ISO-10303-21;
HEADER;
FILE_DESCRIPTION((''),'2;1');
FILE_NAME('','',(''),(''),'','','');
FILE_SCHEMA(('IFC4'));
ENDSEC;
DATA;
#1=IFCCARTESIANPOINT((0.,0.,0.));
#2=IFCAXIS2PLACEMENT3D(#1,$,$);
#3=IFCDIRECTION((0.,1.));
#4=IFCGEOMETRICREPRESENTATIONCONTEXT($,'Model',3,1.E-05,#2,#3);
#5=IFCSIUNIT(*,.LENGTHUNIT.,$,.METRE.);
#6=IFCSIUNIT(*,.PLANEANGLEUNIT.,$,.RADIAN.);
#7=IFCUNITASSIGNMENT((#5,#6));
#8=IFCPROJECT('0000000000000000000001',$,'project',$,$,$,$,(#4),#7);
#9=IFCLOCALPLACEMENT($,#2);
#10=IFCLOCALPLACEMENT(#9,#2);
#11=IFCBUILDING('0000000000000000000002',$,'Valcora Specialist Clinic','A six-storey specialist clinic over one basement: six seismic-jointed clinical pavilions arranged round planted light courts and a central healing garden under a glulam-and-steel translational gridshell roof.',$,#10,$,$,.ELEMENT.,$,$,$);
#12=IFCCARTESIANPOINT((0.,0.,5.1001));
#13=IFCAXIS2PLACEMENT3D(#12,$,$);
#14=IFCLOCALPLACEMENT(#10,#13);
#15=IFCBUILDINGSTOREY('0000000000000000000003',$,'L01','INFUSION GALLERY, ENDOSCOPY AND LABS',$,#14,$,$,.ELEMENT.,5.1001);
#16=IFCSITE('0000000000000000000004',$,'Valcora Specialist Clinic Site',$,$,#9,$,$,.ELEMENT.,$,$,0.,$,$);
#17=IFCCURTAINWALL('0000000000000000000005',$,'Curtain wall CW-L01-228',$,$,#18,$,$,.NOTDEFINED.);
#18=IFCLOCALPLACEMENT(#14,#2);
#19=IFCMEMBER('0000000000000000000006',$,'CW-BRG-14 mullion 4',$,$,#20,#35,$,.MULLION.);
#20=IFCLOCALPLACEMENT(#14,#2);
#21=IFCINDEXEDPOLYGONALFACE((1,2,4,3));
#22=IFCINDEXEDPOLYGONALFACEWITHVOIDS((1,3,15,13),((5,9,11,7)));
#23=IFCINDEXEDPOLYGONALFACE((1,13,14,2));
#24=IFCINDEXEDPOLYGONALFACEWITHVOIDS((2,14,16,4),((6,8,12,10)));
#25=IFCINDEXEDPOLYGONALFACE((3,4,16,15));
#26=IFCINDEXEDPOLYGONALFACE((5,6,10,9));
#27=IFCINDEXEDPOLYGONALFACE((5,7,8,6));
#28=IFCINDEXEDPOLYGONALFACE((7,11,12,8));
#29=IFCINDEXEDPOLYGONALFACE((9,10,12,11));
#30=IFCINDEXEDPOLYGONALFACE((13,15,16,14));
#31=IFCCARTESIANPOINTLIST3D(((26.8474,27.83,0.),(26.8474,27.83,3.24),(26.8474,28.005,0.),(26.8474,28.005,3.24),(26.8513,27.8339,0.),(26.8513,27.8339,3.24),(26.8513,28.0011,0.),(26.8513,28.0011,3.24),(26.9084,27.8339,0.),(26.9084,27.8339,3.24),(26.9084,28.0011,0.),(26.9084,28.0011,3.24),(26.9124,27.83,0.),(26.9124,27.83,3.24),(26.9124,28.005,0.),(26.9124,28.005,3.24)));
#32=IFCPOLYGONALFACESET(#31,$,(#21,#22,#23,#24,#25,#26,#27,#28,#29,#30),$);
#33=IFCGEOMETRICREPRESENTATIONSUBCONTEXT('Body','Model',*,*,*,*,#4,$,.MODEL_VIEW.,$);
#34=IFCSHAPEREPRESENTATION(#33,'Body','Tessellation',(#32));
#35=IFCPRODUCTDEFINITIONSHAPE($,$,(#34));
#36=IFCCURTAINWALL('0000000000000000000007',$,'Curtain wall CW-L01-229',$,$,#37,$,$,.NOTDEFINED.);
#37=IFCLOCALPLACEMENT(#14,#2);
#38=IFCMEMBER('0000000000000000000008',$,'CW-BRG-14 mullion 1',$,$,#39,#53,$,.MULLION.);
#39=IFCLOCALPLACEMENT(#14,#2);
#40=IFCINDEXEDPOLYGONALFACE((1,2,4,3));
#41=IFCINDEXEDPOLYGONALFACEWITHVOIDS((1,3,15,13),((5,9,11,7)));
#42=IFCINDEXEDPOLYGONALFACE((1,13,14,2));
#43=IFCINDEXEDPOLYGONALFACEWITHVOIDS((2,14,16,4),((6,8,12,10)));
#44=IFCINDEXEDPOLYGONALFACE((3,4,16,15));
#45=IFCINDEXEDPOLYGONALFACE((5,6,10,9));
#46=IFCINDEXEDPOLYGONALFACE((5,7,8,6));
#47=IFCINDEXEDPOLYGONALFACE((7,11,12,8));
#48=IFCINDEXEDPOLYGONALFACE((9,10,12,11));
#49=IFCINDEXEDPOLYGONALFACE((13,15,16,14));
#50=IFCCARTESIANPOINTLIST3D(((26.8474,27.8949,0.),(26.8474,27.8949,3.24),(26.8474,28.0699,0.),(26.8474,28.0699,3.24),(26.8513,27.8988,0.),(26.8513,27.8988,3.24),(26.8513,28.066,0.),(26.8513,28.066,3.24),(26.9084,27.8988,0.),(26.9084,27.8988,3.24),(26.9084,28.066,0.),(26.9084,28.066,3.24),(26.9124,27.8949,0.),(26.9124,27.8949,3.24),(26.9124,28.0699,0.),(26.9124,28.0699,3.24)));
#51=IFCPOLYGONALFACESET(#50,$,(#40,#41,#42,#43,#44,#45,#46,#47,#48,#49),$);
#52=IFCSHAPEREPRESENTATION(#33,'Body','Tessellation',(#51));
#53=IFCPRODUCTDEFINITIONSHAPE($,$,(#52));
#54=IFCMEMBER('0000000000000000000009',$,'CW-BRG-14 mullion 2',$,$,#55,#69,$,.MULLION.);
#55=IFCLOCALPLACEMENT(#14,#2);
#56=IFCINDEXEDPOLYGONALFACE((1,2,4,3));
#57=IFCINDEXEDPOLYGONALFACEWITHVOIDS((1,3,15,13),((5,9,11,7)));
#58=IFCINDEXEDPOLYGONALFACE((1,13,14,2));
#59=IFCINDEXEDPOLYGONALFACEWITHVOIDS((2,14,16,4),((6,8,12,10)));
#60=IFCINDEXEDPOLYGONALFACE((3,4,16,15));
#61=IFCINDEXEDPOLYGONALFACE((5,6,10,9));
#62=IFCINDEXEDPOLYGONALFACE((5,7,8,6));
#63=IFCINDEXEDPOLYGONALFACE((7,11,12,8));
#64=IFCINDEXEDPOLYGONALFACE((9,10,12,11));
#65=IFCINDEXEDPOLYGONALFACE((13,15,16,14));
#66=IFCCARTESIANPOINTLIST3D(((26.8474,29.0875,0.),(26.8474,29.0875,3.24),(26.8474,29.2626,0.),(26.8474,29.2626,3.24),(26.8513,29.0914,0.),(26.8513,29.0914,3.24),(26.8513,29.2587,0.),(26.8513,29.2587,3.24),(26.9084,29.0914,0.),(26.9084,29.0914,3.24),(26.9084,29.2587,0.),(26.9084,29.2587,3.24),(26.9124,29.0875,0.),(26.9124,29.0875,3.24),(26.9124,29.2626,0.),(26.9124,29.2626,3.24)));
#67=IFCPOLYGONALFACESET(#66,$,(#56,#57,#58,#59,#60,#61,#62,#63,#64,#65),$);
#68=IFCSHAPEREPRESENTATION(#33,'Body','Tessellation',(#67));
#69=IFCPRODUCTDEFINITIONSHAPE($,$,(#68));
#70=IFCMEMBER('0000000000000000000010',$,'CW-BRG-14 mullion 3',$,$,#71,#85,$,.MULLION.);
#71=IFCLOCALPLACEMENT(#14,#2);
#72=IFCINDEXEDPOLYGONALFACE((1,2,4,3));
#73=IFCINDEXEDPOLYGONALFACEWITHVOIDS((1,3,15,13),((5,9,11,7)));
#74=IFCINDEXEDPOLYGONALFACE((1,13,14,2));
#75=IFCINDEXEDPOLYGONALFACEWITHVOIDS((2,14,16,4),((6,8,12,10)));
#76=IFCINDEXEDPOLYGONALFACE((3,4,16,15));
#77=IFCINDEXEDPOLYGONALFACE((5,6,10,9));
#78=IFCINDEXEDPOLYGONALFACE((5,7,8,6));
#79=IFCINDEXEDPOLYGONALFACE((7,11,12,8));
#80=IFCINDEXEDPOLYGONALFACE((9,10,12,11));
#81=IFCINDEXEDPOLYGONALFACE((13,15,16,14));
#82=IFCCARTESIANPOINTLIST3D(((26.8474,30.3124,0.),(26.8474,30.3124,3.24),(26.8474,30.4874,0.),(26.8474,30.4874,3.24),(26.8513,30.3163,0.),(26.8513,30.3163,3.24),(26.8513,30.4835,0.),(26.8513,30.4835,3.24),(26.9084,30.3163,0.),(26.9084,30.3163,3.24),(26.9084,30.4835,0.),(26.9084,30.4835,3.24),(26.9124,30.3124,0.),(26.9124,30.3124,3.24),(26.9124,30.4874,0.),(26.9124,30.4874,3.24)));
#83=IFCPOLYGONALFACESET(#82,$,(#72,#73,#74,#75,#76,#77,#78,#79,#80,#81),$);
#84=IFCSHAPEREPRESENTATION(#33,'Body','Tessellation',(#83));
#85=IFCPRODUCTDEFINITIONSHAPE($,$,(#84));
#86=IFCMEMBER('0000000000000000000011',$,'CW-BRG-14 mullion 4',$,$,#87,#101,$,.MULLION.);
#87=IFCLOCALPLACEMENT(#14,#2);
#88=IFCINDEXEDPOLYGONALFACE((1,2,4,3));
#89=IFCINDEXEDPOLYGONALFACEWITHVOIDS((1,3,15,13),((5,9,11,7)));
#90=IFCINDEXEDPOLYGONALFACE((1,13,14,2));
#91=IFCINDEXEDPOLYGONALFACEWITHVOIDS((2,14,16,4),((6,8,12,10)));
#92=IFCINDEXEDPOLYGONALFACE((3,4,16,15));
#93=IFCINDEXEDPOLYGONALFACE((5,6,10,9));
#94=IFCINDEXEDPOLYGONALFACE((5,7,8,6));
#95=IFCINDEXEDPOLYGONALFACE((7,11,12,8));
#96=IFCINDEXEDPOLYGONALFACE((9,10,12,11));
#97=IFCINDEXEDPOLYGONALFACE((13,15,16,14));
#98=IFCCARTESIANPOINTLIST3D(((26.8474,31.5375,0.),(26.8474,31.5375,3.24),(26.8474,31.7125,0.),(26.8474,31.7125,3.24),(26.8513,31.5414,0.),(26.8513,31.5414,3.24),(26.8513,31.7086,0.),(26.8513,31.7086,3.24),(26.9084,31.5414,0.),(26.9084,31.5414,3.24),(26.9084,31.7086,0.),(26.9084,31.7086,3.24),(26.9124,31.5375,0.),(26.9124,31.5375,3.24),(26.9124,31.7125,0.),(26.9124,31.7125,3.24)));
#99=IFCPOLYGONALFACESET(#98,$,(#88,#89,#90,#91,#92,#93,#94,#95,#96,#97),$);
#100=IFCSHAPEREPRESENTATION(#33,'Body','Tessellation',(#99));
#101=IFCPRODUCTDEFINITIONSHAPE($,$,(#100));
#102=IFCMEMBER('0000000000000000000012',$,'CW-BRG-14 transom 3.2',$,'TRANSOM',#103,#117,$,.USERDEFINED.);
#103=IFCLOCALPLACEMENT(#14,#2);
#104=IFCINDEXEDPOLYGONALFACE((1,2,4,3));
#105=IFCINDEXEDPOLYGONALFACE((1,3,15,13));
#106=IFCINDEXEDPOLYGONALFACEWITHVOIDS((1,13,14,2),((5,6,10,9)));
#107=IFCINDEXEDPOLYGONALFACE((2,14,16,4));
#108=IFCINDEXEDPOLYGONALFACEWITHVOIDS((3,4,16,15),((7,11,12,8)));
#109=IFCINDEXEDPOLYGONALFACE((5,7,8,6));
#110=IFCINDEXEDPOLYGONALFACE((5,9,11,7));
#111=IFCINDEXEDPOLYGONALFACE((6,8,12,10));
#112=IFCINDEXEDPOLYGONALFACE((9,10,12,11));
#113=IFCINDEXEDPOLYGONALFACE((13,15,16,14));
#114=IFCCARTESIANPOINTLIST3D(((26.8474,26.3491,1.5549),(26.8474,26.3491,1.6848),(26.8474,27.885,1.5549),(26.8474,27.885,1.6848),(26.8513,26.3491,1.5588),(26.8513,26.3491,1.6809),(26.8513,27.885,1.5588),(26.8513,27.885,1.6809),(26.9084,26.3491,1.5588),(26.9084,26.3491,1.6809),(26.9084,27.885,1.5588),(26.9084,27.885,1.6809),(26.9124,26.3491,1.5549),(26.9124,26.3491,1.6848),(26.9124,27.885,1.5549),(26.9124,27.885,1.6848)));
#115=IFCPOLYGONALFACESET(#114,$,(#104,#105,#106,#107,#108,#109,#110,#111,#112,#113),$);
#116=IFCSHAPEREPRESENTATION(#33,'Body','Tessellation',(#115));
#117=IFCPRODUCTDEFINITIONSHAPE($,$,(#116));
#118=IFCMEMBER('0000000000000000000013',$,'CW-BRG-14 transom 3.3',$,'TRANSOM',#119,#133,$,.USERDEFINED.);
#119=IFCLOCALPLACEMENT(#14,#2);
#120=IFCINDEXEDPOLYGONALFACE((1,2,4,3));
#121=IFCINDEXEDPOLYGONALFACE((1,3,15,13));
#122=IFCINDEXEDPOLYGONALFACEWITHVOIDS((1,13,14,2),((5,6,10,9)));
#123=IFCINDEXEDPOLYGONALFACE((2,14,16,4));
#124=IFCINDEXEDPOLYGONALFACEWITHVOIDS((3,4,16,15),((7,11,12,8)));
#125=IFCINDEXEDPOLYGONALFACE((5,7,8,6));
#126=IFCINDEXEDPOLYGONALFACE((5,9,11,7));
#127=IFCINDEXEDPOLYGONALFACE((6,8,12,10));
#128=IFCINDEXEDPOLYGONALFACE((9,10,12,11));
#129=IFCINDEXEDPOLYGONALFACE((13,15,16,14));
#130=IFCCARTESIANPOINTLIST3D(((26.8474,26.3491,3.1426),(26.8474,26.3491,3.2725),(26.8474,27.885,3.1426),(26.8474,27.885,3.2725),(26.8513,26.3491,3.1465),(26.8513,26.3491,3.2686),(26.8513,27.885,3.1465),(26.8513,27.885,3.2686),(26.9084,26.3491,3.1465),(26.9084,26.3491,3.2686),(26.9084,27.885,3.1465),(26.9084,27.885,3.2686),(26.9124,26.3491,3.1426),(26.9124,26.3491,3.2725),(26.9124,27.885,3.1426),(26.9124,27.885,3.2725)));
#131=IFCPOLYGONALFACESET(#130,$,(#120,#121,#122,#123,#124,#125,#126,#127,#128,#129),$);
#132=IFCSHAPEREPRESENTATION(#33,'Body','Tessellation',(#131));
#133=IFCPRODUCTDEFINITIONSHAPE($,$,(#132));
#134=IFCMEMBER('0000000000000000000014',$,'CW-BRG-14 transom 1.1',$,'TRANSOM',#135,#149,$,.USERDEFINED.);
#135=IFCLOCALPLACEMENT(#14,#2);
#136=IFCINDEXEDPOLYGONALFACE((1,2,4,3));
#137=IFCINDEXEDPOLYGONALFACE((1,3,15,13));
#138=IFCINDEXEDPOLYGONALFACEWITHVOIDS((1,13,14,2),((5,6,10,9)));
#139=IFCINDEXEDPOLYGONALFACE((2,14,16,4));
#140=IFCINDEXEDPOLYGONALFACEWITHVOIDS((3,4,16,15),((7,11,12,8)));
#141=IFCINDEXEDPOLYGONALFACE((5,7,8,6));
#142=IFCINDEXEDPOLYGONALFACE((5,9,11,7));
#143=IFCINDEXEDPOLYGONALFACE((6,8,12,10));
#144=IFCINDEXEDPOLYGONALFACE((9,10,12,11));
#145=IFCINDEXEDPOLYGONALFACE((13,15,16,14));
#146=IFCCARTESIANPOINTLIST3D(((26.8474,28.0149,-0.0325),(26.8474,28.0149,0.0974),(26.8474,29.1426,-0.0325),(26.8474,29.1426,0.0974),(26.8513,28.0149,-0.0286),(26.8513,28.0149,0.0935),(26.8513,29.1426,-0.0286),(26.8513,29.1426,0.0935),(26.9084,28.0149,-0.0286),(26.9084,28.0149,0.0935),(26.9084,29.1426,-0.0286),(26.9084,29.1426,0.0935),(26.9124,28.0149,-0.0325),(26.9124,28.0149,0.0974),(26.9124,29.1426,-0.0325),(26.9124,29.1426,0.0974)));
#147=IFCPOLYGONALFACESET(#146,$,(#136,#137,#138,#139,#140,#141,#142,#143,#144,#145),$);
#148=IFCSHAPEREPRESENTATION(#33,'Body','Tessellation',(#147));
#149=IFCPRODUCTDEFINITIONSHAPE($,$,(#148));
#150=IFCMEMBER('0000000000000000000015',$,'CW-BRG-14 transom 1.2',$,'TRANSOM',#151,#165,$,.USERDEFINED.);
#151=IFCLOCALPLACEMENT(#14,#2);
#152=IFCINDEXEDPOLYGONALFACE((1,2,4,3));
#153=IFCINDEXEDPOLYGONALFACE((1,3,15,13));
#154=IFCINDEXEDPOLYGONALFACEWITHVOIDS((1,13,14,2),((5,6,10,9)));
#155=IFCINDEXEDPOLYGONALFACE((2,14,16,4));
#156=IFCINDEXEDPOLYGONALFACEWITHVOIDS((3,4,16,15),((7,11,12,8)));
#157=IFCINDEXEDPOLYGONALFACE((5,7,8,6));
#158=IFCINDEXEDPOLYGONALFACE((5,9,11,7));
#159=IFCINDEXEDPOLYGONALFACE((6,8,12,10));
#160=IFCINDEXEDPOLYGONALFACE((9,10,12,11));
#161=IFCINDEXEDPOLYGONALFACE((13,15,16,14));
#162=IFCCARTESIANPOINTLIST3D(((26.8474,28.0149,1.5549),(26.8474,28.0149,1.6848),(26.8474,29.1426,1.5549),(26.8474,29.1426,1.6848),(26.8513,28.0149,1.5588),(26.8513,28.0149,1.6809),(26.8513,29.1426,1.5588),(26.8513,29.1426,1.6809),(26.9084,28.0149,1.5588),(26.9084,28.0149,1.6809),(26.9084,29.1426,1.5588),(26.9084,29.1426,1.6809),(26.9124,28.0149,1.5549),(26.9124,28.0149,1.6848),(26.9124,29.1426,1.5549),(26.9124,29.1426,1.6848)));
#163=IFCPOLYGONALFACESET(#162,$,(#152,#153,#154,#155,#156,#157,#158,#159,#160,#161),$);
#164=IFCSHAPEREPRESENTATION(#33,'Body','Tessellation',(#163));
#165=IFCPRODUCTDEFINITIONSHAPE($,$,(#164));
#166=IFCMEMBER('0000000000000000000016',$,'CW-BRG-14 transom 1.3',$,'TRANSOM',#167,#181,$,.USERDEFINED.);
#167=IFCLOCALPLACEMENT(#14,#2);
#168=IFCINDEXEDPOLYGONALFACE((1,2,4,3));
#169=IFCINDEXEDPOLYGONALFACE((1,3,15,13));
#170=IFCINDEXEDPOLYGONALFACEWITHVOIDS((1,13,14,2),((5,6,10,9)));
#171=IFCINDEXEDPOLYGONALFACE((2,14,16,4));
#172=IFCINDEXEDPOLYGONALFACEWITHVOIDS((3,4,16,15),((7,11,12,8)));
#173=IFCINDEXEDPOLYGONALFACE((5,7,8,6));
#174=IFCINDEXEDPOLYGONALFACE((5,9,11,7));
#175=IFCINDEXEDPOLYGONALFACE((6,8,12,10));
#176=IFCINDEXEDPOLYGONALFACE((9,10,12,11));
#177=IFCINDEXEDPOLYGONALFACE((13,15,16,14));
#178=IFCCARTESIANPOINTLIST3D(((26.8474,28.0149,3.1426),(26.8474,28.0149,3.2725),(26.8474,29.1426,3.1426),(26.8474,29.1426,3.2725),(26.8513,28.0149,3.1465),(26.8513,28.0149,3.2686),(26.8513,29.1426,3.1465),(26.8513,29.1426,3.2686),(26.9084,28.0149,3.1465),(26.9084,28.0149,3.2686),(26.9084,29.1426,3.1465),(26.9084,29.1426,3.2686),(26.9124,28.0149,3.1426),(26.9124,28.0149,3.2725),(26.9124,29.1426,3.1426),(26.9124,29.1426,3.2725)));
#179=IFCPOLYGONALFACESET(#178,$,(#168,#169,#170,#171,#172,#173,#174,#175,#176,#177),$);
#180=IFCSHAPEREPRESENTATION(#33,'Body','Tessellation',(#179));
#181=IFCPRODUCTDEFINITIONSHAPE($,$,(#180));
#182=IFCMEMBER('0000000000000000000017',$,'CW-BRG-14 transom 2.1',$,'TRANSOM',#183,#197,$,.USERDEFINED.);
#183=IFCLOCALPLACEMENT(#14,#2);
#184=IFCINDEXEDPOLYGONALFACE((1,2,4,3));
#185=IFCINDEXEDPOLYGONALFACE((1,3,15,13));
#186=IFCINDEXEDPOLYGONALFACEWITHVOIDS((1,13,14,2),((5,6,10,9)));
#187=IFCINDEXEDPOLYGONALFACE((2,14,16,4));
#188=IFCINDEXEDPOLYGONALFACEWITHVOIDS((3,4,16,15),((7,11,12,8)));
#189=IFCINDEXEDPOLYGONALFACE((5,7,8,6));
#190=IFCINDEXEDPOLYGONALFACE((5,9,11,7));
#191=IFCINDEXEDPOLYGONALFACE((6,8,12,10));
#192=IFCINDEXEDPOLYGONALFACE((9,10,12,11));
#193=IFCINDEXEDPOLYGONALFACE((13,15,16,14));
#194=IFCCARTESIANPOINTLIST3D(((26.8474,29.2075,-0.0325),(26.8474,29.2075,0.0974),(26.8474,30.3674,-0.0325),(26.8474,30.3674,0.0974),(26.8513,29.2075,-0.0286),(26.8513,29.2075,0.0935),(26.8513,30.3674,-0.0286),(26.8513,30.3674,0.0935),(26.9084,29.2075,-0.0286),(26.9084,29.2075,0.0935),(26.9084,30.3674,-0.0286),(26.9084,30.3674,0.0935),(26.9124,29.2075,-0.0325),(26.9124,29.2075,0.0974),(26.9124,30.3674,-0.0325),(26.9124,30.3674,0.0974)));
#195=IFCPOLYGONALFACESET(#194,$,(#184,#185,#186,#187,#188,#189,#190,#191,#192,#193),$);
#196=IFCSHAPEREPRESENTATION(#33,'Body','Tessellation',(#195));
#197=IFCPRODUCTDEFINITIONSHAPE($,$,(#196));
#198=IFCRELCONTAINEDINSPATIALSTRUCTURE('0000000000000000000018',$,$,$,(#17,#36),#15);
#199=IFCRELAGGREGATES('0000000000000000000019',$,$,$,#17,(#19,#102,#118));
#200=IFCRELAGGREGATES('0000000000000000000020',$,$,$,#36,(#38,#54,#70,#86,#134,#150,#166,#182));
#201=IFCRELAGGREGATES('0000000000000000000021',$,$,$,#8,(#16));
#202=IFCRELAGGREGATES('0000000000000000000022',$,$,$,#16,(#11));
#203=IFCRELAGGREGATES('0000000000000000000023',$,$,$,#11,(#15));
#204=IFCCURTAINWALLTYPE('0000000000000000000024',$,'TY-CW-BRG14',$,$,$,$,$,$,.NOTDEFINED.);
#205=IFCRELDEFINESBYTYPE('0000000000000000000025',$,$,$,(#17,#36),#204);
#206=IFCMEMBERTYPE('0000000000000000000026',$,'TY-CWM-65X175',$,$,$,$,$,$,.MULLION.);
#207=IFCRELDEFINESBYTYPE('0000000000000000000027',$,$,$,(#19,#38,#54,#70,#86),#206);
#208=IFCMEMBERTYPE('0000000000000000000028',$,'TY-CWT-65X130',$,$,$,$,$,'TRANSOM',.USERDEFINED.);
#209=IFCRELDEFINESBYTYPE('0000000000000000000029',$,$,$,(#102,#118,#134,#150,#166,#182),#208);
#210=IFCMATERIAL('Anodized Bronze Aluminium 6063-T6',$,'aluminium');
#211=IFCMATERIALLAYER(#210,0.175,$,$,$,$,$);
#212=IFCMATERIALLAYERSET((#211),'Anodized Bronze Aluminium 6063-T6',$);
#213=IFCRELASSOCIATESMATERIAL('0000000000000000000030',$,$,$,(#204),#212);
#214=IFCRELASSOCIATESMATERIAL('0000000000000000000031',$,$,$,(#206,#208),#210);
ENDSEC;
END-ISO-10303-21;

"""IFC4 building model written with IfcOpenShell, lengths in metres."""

from ifc_helpers import new_model, si_unit, direction, frame, origin, origin_2d, place, context, subcontext, project, spatial, hollow_rectangle, extrude, material, layer, layer_set, material_profile, profile_set, type_object, element, aggregate, save


model = new_model("IFC4")

# Units and contexts
model_context = context("Model", 3, precision=1e-05, world=origin(), true_north=direction((0.0, 1.0)))
body_context = subcontext(model_context, "Body", "Model", "MODEL_VIEW")
ifc_project = project(units=[si_unit("LENGTHUNIT", "METRE"), si_unit("PLANEANGLEUNIT", "RADIAN")], contexts=[model_context])

# Site, building, storey
site_placement = place(None, origin())
site = spatial("IfcSite", under=ifc_project, at=site_placement, Name="Valcora Specialist Clinic Site", CompositionType="ELEMENT", RefElevation=0.0)
building_placement = place(site_placement, origin())
building = spatial("IfcBuilding", under=site, at=building_placement, Name="Valcora Specialist Clinic", Description="A six-storey specialist clinic over one basement: six seismic-jointed clinical pavilions arranged round planted light courts and a central healing garden under a glulam-and-steel translational gridshell roof.", CompositionType="ELEMENT")
storey_placement = place(building_placement, frame((0.0, 0.0, 5.1001)))
storey = spatial("IfcBuildingStorey", under=building, at=storey_placement, Name="L01", Description="INFUSION GALLERY, ENDOSCOPY AND LABS", CompositionType="ELEMENT", Elevation=5.1001)

# Curtain wall, member
ifc_material_1 = material(Name="Anodized Bronze Aluminium 6063-T6", Category="aluminium")
ifc_layer_1 = layer(ifc_material_1, 0.175)
ifc_layer_set_1 = layer_set([ifc_layer_1], Name="Anodized Bronze Aluminium 6063-T6")
curtain_wall_type = type_object("IfcCurtainWallType", Name="TY-CW-BRG14", PredefinedType="NOTDEFINED", material=ifc_layer_set_1)
curtain_wall_1_placement = place(storey_placement, origin())
curtain_wall_1 = element("IfcCurtainWall", 1, at=curtain_wall_1_placement, inside=storey, type_object=curtain_wall_type, Name="Curtain wall CW-L01-228", PredefinedType="NOTDEFINED")
ifc_material_profile_1 = material_profile(ifc_material_1, hollow_rectangle(XDim=0.0649, YDim=0.175, WallThickness=0.0039, at=origin_2d()), Name="AL-MUL-65X175")
ifc_profile_set_1 = profile_set([ifc_material_profile_1], Name="Anodized Bronze Aluminium 6063-T6")
member_type_1 = type_object("IfcMemberType", Name="TY-CWM-65X175", PredefinedType="MULLION", material=ifc_profile_set_1)
member_1_placement = place(storey_placement, frame((26.8799, 27.9175, 0.0), z_axis=(0.0, 0.0, 1.0), x_axis=(-1.0, 0.0, 0.0)))
member_1 = element("IfcMember", 2, at=member_1_placement, type_object=member_type_1, Name="CW-BRG-14 mullion 4", PredefinedType="MULLION", context=body_context, shape_type="SweptSolid", body=[
    extrude(hollow_rectangle(XDim=0.0649, YDim=0.175, WallThickness=0.0039, at=origin_2d()), origin(), (0.0, 0.0, 1.0), 3.24),
])

# Curtain wall, members
curtain_wall_2_placement = place(storey_placement, origin())
curtain_wall_2 = element("IfcCurtainWall", 3, at=curtain_wall_2_placement, inside=storey, type_object=curtain_wall_type, Name="Curtain wall CW-L01-229", PredefinedType="NOTDEFINED")
member_2_placement = place(storey_placement, frame((26.8799, 27.9824, 0.0), z_axis=(0.0, 0.0, 1.0), x_axis=(-1.0, 0.0, 0.0)))
member_2 = element("IfcMember", 4, at=member_2_placement, type_object=member_type_1, Name="CW-BRG-14 mullion 1", PredefinedType="MULLION", context=body_context, shape_type="SweptSolid", body=[
    extrude(hollow_rectangle(XDim=0.0649, YDim=0.175, WallThickness=0.0039, at=origin_2d()), origin(), (0.0, 0.0, 1.0), 3.24),
])
member_3_placement = place(storey_placement, frame((26.8799, 29.175, 0.0), z_axis=(0.0, 0.0, 1.0), x_axis=(-1.0, 0.0, 0.0)))
member_3 = element("IfcMember", 5, at=member_3_placement, type_object=member_type_1, Name="CW-BRG-14 mullion 2", PredefinedType="MULLION", context=body_context, shape_type="SweptSolid", body=[
    extrude(hollow_rectangle(XDim=0.0649, YDim=0.175, WallThickness=0.0039, at=origin_2d()), origin(), (0.0, 0.0, 1.0), 3.24),
])
member_4_placement = place(storey_placement, frame((26.8799, 30.3999, 0.0), z_axis=(0.0, 0.0, 1.0), x_axis=(-1.0, 0.0, 0.0)))
member_4 = element("IfcMember", 6, at=member_4_placement, type_object=member_type_1, Name="CW-BRG-14 mullion 3", PredefinedType="MULLION", context=body_context, shape_type="SweptSolid", body=[
    extrude(hollow_rectangle(XDim=0.0649, YDim=0.175, WallThickness=0.0039, at=origin_2d()), origin(), (0.0, 0.0, 1.0), 3.24),
])
member_5_placement = place(storey_placement, frame((26.8799, 31.625, 0.0), z_axis=(0.0, 0.0, 1.0), x_axis=(-1.0, 0.0, 0.0)))
member_5 = element("IfcMember", 7, at=member_5_placement, type_object=member_type_1, Name="CW-BRG-14 mullion 4", PredefinedType="MULLION", context=body_context, shape_type="SweptSolid", body=[
    extrude(hollow_rectangle(XDim=0.0649, YDim=0.175, WallThickness=0.0039, at=origin_2d()), origin(), (0.0, 0.0, 1.0), 3.24),
])

# Members
ifc_material_profile_2 = material_profile(ifc_material_1, hollow_rectangle(XDim=0.0649, YDim=0.1299, WallThickness=0.0039, at=origin_2d()), Name="AL-TRN-65X130")
ifc_profile_set_2 = profile_set([ifc_material_profile_2], Name="Anodized Bronze Aluminium 6063-T6")
member_type_2 = type_object("IfcMemberType", Name="TY-CWT-65X130", ElementType="TRANSOM", PredefinedType="USERDEFINED", material=ifc_profile_set_2)
member_6_placement = place(storey_placement, frame((26.8799, 26.3491, 1.6199), z_axis=(0.0, 1.0, 0.0), x_axis=(-1.0, 0.0, 0.0)))
member_6 = element("IfcMember", 8, at=member_6_placement, type_object=member_type_2, Name="CW-BRG-14 transom 3.2", ObjectType="TRANSOM", PredefinedType="USERDEFINED", context=body_context, shape_type="SweptSolid", body=[
    extrude(hollow_rectangle(XDim=0.0649, YDim=0.1299, WallThickness=0.0039, at=origin_2d()), origin(), (0.0, 0.0, 1.0), 1.5359),
])
member_7_placement = place(storey_placement, frame((26.8799, 26.3491, 3.2075), z_axis=(0.0, 1.0, 0.0), x_axis=(-1.0, 0.0, 0.0)))
member_7 = element("IfcMember", 9, at=member_7_placement, type_object=member_type_2, Name="CW-BRG-14 transom 3.3", ObjectType="TRANSOM", PredefinedType="USERDEFINED", context=body_context, shape_type="SweptSolid", body=[
    extrude(hollow_rectangle(XDim=0.0649, YDim=0.1299, WallThickness=0.0039, at=origin_2d()), origin(), (0.0, 0.0, 1.0), 1.5359),
])
member_8_placement = place(storey_placement, frame((26.8799, 28.0149, 0.0325), z_axis=(0.0, 1.0, 0.0), x_axis=(-1.0, 0.0, 0.0)))
member_8 = element("IfcMember", 10, at=member_8_placement, type_object=member_type_2, Name="CW-BRG-14 transom 1.1", ObjectType="TRANSOM", PredefinedType="USERDEFINED", context=body_context, shape_type="SweptSolid", body=[
    extrude(hollow_rectangle(XDim=0.0649, YDim=0.1299, WallThickness=0.0039, at=origin_2d()), origin(), (0.0, 0.0, 1.0), 1.1277),
])
member_9_placement = place(storey_placement, frame((26.8799, 28.0149, 1.6199), z_axis=(0.0, 1.0, 0.0), x_axis=(-1.0, 0.0, 0.0)))
member_9 = element("IfcMember", 11, at=member_9_placement, type_object=member_type_2, Name="CW-BRG-14 transom 1.2", ObjectType="TRANSOM", PredefinedType="USERDEFINED", context=body_context, shape_type="SweptSolid", body=[
    extrude(hollow_rectangle(XDim=0.0649, YDim=0.1299, WallThickness=0.0039, at=origin_2d()), origin(), (0.0, 0.0, 1.0), 1.1277),
])
member_10_placement = place(storey_placement, frame((26.8799, 28.0149, 3.2075), z_axis=(0.0, 1.0, 0.0), x_axis=(-1.0, 0.0, 0.0)))
member_10 = element("IfcMember", 12, at=member_10_placement, type_object=member_type_2, Name="CW-BRG-14 transom 1.3", ObjectType="TRANSOM", PredefinedType="USERDEFINED", context=body_context, shape_type="SweptSolid", body=[
    extrude(hollow_rectangle(XDim=0.0649, YDim=0.1299, WallThickness=0.0039, at=origin_2d()), origin(), (0.0, 0.0, 1.0), 1.1277),
])
member_11_placement = place(storey_placement, frame((26.8799, 29.2075, 0.0325), z_axis=(0.0, 1.0, 0.0), x_axis=(-1.0, 0.0, 0.0)))
member_11 = element("IfcMember", 13, at=member_11_placement, type_object=member_type_2, Name="CW-BRG-14 transom 2.1", ObjectType="TRANSOM", PredefinedType="USERDEFINED", context=body_context, shape_type="SweptSolid", body=[
    extrude(hollow_rectangle(XDim=0.0649, YDim=0.1299, WallThickness=0.0039, at=origin_2d()), origin(), (0.0, 0.0, 1.0), 1.1599),
])

aggregate(curtain_wall_1, [member_1, member_6, member_7])
aggregate(curtain_wall_2, [member_2, member_3, member_4, member_5, member_8, member_9, member_10, member_11])

save(model, "model.ifc")
